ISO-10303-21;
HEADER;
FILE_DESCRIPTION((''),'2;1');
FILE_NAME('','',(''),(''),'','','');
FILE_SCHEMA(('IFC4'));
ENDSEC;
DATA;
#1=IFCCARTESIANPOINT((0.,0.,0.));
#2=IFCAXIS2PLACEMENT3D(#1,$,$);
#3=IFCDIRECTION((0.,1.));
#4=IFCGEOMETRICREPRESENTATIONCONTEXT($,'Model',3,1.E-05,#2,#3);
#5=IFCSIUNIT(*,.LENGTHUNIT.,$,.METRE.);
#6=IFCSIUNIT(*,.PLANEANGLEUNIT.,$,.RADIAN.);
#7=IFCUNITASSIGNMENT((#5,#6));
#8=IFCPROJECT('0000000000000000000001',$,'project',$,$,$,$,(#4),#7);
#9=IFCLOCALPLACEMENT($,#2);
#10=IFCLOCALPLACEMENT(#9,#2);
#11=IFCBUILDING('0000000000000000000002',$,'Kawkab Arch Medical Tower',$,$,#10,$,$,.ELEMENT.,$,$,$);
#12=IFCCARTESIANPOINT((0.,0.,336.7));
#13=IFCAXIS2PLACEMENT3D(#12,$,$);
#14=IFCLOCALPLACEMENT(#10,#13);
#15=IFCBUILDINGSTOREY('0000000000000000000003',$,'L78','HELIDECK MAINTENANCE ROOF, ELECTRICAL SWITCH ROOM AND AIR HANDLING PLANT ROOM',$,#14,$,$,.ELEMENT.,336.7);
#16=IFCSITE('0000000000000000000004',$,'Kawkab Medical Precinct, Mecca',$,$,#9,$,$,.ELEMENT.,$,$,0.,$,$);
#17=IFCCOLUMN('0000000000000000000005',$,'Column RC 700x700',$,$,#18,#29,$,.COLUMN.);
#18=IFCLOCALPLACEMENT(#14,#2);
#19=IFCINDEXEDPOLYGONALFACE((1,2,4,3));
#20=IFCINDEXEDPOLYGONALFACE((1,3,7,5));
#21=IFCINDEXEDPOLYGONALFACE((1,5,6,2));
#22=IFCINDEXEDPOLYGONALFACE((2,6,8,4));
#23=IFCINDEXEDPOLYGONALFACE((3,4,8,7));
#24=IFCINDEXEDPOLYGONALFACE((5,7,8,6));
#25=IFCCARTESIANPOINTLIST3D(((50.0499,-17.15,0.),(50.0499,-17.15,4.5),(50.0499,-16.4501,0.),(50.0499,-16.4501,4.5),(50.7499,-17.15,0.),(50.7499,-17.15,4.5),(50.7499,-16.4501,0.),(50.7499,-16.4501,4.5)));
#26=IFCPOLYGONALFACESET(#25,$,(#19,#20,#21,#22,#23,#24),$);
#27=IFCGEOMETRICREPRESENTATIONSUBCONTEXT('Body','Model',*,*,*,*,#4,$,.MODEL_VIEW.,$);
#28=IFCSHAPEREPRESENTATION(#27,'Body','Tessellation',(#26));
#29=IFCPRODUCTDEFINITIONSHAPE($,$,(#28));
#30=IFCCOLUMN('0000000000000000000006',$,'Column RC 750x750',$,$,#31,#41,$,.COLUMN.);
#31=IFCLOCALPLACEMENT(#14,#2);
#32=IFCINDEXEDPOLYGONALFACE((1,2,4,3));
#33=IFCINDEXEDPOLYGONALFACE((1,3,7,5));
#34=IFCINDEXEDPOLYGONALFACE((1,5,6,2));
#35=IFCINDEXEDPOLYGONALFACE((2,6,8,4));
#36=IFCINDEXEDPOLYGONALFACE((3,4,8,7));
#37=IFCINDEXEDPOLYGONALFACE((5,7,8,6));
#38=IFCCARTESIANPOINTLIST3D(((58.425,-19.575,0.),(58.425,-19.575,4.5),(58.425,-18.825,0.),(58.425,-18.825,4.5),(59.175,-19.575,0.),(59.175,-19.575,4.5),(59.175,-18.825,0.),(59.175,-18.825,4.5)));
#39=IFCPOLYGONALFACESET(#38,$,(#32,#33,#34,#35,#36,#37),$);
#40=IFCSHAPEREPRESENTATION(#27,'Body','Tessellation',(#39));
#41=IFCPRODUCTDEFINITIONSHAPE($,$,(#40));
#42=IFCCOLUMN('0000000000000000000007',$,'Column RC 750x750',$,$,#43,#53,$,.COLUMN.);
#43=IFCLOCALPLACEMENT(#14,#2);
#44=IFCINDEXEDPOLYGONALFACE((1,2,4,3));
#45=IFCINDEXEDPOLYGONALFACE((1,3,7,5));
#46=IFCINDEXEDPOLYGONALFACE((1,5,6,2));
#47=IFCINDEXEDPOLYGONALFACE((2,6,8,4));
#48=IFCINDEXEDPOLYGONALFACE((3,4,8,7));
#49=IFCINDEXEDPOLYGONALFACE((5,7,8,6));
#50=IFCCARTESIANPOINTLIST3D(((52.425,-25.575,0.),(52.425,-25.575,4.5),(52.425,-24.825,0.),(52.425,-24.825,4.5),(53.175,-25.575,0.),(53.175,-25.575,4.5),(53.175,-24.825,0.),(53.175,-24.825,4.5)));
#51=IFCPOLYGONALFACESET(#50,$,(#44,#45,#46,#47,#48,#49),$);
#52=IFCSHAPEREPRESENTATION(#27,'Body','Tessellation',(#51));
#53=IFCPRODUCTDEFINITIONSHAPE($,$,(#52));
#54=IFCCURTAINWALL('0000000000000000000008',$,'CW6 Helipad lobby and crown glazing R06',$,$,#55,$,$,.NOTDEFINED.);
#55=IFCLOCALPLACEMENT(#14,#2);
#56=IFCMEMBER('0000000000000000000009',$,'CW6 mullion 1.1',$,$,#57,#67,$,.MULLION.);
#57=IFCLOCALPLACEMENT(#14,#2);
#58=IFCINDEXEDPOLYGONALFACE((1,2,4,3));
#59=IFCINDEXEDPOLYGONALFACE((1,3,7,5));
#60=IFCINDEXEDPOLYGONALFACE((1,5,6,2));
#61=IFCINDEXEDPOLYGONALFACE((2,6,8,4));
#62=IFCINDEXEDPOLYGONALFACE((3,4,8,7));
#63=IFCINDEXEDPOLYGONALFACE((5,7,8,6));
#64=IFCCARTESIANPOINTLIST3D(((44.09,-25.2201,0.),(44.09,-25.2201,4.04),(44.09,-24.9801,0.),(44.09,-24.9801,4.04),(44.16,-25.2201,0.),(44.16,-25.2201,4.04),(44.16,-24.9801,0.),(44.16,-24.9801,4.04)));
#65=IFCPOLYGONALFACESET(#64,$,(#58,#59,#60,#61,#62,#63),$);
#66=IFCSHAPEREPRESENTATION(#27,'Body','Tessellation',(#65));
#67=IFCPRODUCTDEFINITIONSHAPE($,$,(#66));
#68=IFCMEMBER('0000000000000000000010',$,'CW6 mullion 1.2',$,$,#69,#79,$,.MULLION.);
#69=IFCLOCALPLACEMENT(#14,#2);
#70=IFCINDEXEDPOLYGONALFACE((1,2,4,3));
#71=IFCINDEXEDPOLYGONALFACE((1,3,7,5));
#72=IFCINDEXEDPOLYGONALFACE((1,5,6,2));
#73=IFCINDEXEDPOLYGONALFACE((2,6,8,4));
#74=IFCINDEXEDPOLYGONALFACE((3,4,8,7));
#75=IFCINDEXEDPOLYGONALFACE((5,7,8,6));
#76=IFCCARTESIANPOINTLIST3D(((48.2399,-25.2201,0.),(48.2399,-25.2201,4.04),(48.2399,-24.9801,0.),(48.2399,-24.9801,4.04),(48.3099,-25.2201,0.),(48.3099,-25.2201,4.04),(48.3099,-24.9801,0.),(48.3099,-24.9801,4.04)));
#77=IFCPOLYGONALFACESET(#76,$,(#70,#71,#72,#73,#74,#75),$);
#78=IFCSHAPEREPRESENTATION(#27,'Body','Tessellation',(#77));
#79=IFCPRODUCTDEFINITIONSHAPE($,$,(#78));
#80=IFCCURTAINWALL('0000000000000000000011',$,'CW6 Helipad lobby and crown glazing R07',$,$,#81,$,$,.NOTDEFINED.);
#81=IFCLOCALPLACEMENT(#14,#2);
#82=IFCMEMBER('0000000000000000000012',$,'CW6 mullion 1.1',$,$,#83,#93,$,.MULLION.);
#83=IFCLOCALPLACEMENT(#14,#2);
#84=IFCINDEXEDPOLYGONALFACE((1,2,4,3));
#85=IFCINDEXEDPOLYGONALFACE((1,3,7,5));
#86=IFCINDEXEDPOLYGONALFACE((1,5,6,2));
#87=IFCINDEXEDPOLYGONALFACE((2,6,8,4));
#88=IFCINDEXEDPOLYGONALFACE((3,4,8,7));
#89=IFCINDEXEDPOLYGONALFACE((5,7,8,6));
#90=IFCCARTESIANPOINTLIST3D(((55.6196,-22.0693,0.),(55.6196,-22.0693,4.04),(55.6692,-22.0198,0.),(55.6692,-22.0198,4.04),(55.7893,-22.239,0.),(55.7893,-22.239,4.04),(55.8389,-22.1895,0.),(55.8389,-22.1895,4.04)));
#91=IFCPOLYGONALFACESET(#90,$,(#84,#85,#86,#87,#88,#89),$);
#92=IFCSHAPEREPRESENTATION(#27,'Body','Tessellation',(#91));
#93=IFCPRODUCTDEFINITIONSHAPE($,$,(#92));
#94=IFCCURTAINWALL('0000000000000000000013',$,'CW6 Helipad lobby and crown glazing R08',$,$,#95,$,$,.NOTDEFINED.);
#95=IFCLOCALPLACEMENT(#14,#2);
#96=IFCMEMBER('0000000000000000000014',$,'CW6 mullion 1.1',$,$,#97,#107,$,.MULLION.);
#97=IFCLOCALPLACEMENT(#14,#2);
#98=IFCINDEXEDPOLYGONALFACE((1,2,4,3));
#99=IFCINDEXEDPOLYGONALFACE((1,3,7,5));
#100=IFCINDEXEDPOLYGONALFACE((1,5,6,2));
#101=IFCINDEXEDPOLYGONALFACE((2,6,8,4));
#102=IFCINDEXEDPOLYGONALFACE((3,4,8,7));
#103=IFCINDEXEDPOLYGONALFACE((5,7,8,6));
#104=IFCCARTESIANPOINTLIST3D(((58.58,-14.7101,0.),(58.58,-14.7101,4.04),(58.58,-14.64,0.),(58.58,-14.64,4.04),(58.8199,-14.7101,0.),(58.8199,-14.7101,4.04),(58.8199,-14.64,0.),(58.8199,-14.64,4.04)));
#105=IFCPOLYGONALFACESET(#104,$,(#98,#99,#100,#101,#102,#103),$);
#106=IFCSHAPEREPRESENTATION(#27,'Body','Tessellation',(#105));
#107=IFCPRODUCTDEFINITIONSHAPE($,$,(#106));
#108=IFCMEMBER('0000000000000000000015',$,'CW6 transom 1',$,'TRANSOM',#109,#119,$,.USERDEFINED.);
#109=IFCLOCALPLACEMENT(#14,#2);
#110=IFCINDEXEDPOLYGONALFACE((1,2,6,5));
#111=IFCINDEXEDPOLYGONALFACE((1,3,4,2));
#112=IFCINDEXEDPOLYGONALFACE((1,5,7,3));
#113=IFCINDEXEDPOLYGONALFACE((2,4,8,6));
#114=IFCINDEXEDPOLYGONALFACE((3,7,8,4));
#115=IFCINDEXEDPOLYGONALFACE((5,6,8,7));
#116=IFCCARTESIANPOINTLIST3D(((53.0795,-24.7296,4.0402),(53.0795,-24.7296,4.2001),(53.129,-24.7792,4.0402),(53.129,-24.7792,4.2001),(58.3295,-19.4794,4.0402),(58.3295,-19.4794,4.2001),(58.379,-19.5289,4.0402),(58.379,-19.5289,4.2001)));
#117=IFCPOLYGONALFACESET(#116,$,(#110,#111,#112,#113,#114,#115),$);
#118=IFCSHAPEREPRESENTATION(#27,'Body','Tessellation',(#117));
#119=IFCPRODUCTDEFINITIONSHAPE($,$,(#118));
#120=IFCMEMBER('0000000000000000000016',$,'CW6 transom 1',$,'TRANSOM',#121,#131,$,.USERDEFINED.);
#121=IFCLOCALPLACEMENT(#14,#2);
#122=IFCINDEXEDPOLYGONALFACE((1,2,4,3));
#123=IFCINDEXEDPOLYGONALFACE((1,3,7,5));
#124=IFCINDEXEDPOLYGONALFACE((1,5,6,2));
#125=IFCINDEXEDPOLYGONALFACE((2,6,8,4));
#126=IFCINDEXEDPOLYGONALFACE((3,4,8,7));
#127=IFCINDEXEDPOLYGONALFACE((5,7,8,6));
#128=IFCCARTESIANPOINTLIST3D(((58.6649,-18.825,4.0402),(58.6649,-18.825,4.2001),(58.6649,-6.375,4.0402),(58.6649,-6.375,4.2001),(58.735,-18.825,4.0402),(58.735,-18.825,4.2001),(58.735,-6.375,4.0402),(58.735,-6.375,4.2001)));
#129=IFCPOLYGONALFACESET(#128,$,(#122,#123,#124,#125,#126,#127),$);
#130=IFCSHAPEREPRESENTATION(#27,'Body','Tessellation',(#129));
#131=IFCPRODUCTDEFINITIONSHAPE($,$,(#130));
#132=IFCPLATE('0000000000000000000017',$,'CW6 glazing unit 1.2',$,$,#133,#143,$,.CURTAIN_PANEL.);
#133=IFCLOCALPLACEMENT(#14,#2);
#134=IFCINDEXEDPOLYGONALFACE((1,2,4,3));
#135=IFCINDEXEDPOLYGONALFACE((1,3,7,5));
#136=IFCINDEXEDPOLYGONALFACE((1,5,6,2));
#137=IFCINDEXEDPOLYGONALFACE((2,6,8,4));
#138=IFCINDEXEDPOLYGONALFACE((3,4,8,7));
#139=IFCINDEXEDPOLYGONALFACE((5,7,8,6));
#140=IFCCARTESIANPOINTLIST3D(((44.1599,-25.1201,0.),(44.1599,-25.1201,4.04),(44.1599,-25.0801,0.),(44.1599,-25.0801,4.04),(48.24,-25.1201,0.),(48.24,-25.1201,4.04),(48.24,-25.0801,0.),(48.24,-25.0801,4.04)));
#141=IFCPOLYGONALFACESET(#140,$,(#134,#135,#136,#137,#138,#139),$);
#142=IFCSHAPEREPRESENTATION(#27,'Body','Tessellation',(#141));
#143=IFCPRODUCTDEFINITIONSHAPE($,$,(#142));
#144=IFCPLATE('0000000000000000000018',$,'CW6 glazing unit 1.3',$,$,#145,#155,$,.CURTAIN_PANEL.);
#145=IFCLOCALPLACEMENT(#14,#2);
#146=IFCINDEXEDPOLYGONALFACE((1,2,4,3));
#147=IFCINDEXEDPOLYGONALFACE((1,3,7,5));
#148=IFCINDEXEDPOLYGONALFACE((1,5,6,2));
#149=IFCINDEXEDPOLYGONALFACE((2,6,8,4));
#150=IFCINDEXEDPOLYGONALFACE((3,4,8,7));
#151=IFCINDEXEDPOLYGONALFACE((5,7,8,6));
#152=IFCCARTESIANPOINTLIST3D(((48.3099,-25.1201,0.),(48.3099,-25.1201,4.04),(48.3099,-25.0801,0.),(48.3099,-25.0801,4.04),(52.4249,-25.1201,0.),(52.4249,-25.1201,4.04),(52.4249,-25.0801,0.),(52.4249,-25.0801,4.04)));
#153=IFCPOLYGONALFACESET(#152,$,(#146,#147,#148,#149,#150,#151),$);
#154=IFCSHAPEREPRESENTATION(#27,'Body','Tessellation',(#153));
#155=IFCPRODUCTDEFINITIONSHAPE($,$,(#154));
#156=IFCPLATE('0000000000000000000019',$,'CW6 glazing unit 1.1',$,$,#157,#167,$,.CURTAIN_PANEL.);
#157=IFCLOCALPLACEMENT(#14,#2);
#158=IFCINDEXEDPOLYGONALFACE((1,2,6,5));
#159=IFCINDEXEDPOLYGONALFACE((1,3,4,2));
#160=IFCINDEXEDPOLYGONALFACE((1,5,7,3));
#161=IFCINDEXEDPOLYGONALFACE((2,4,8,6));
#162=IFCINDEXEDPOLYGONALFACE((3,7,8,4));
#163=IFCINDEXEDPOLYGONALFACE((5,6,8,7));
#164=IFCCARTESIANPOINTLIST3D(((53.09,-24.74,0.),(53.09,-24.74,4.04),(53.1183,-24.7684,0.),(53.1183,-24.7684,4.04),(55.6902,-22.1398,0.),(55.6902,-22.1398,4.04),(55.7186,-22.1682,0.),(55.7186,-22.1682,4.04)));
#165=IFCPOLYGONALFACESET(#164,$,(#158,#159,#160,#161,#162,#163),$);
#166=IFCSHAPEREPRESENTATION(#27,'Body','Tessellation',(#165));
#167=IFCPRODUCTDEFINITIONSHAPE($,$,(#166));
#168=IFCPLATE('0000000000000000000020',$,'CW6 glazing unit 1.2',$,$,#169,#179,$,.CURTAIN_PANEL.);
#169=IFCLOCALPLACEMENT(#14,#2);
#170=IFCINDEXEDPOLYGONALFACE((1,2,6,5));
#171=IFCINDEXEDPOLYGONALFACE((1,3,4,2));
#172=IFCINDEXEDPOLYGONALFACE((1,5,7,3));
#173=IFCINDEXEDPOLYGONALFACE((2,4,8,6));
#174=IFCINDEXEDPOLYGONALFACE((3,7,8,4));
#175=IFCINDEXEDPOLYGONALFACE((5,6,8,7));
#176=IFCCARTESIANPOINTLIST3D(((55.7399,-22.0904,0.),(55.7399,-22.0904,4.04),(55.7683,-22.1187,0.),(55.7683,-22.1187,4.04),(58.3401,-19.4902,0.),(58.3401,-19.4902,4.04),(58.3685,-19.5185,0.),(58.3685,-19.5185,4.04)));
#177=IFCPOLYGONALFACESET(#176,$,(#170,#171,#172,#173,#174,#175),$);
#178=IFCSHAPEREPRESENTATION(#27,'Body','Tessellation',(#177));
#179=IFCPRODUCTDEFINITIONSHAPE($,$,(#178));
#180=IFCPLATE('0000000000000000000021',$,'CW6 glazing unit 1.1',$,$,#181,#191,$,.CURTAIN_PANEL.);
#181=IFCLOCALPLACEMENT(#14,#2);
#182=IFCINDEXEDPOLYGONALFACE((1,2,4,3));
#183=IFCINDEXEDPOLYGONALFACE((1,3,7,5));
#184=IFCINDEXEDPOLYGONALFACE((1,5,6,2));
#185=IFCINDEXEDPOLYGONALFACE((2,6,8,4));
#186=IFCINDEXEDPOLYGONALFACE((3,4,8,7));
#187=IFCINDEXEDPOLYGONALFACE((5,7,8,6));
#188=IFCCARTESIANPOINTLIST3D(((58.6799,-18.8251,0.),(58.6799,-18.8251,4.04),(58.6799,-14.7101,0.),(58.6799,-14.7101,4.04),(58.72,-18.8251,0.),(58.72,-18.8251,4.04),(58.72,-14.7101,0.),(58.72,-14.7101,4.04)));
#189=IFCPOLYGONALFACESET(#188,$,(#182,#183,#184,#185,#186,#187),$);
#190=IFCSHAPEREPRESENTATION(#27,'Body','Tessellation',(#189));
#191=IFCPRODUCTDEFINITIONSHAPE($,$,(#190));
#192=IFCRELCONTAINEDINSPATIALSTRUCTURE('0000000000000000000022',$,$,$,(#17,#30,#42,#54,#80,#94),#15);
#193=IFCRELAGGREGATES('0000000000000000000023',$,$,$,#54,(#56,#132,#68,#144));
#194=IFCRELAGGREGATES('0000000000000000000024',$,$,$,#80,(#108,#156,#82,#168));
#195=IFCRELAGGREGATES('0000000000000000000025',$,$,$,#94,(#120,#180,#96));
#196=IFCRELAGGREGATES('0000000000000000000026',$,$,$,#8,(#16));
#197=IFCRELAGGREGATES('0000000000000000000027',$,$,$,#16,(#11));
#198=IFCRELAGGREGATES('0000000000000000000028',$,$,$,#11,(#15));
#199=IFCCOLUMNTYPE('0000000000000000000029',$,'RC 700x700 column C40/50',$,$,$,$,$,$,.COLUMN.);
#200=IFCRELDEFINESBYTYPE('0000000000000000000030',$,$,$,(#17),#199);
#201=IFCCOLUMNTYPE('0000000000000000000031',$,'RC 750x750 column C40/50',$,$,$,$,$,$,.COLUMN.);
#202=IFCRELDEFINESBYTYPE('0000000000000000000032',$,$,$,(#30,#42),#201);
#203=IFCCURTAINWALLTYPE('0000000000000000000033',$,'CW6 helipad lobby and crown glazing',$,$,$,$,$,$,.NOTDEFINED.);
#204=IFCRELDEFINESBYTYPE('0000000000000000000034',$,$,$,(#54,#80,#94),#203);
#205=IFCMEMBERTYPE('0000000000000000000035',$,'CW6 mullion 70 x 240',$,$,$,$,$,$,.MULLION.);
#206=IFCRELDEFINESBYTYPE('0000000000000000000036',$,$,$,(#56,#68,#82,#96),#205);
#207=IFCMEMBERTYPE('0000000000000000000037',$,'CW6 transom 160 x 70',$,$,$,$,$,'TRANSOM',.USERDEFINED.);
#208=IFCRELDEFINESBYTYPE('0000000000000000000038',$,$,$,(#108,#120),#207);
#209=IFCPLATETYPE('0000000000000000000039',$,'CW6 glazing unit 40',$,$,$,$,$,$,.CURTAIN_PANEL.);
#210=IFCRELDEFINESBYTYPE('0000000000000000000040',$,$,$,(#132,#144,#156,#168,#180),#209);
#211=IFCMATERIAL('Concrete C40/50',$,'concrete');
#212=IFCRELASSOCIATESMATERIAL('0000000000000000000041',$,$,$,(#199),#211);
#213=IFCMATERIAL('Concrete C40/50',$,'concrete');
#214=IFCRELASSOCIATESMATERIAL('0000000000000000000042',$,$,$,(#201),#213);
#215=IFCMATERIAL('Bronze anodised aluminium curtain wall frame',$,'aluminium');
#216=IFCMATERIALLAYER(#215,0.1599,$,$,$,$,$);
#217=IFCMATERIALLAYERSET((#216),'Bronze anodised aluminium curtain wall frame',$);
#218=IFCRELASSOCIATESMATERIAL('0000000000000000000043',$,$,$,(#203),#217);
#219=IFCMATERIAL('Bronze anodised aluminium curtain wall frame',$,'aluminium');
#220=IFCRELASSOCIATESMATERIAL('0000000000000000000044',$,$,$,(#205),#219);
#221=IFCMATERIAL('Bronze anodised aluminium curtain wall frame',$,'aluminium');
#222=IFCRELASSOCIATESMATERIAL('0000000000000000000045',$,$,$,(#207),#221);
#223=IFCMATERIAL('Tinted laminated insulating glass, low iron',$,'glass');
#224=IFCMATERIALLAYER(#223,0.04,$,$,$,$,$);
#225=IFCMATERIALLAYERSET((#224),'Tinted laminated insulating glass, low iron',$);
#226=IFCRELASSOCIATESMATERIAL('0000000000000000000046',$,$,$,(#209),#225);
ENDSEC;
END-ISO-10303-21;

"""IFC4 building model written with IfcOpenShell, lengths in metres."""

from ifc_helpers import new_model, si_unit, direction, frame, origin, origin_2d, place, context, subcontext, project, spatial, rectangle, extrude, material, layer, layer_set, material_profile, profile_set, type_object, element, aggregate, save


model = new_model("IFC4")

# Units and contexts
model_context = context("Model", 3, precision=1e-05, world=origin(), true_north=direction((0.0, 1.0)))
body_context = subcontext(model_context, "Body", "Model", "MODEL_VIEW")
ifc_project = project(units=[si_unit("LENGTHUNIT", "METRE"), si_unit("PLANEANGLEUNIT", "RADIAN")], contexts=[model_context])

# Site, building, storey
site_placement = place(None, origin())
site = spatial("IfcSite", under=ifc_project, at=site_placement, Name="Kawkab Medical Precinct, Mecca", CompositionType="ELEMENT", RefElevation=0.0)
building_placement = place(site_placement, origin())
building = spatial("IfcBuilding", under=site, at=building_placement, Name="Kawkab Arch Medical Tower", CompositionType="ELEMENT")
storey_placement = place(building_placement, frame((0.0, 0.0, 336.7)))
storey = spatial("IfcBuildingStorey", under=building, at=storey_placement, Name="L78", Description="HELIDECK MAINTENANCE ROOF, ELECTRICAL SWITCH ROOM AND AIR HANDLING PLANT ROOM", CompositionType="ELEMENT", Elevation=336.7)

# Columns
ifc_material_1 = material(Name="Concrete C40/50", Category="concrete")
ifc_material_profile_1 = material_profile(ifc_material_1, rectangle(XDim=0.7, YDim=0.7, at=origin_2d()), Name="RC 700x700")
ifc_profile_set_1 = profile_set([ifc_material_profile_1], Name="Concrete C40/50")
column_type_1 = type_object("IfcColumnType", Name="RC 700x700 column C40/50", PredefinedType="COLUMN", material=ifc_profile_set_1)
column_placement = place(storey_placement, frame((50.3999, -16.8, 0.0), z_axis=(0.0, 0.0, 1.0), x_axis=(1.0, 0.0, 0.0)))
element("IfcColumn", 1, at=column_placement, inside=storey, type_object=column_type_1, Name="Column RC 700x700", PredefinedType="COLUMN", context=body_context, shape_type="SweptSolid", body=[
    extrude(rectangle(XDim=0.7, YDim=0.7, at=origin_2d()), origin(), (0.0, 0.0, 1.0), 4.5),
])
ifc_material_2 = material(Name="Concrete C40/50", Category="concrete")
ifc_material_profile_2 = material_profile(ifc_material_2, rectangle(XDim=0.75, YDim=0.75, at=origin_2d()), Name="RC 750x750")
ifc_profile_set_2 = profile_set([ifc_material_profile_2], Name="Concrete C40/50")
column_type_2 = type_object("IfcColumnType", Name="RC 750x750 column C40/50", PredefinedType="COLUMN", material=ifc_profile_set_2)
for number, where, z_axis, x_axis, name in (
    (2, (58.8, -19.2, 0.0), (0.0, 0.0, 1.0), (1.0, 0.0, 0.0), "Column RC 750x750"),
    (3, (52.8, -25.2, 0.0), (0.0, 0.0, 1.0), (1.0, 0.0, 0.0), "Column RC 750x750"),
):
    element("IfcColumn", number, at=place(storey_placement, frame(where, z_axis=z_axis, x_axis=x_axis)), inside=storey, type_object=column_type_2, Name=name, PredefinedType="COLUMN", context=body_context, shape_type="SweptSolid", body=[
        extrude(rectangle(XDim=0.75, YDim=0.75, at=origin_2d()), origin(), (0.0, 0.0, 1.0), 4.5),
    ])

# Curtain wall, members
ifc_material_3 = material(Name="Bronze anodised aluminium curtain wall frame", Category="aluminium")
ifc_layer_1 = layer(ifc_material_3, 0.1599)
ifc_layer_set_1 = layer_set([ifc_layer_1], Name="Bronze anodised aluminium curtain wall frame")
curtain_wall_type = type_object("IfcCurtainWallType", Name="CW6 helipad lobby and crown glazing", PredefinedType="NOTDEFINED", material=ifc_layer_set_1)
placement = place(storey_placement, origin())
curtain_wall_1 = element("IfcCurtainWall", 4, at=placement, inside=storey, type_object=curtain_wall_type, Name="CW6 Helipad lobby and crown glazing R06", PredefinedType="NOTDEFINED")
ifc_material_4 = material(Name="Bronze anodised aluminium curtain wall frame", Category="aluminium")
ifc_material_profile_3 = material_profile(ifc_material_4, rectangle(XDim=0.24, YDim=0.0701, at=origin_2d()), Name="AL 70x240")
ifc_profile_set_3 = profile_set([ifc_material_profile_3], Name="Bronze anodised aluminium curtain wall frame")
member_type_1 = type_object("IfcMemberType", Name="CW6 mullion 70 x 240", PredefinedType="MULLION", material=ifc_profile_set_3)
member_1_placement = place(storey_placement, frame((44.125, -25.1001, 0.0), z_axis=(0.0, 0.0, 1.0), x_axis=(0.0, 1.0, 0.0)))
member_1 = element("IfcMember", 5, at=member_1_placement, type_object=member_type_1, Name="CW6 mullion 1.1", PredefinedType="MULLION", context=body_context, shape_type="SweptSolid", body=[
    extrude(rectangle(XDim=0.24, YDim=0.0701, at=origin_2d()), origin(), (0.0, 0.0, 1.0), 4.04),
])
member_2_placement = place(storey_placement, frame((48.2749, -25.1001, 0.0), z_axis=(0.0, 0.0, 1.0), x_axis=(0.0, 1.0, 0.0)))
member_2 = element("IfcMember", 6, at=member_2_placement, type_object=member_type_1, Name="CW6 mullion 1.2", PredefinedType="MULLION", context=body_context, shape_type="SweptSolid", body=[
    extrude(rectangle(XDim=0.24, YDim=0.0701, at=origin_2d()), origin(), (0.0, 0.0, 1.0), 4.04),
])

# Curtain walls, members
curtain_wall_2 = element("IfcCurtainWall", 7, at=placement, inside=storey, type_object=curtain_wall_type, Name="CW6 Helipad lobby and crown glazing R07", PredefinedType="NOTDEFINED")
member_3_placement = place(storey_placement, frame((55.7292, -22.1294, 0.0), z_axis=(0.0, 0.0, 1.0), x_axis=(-0.707107, 0.707107, 0.0)))
member_3 = element("IfcMember", 8, at=member_3_placement, type_object=member_type_1, Name="CW6 mullion 1.1", PredefinedType="MULLION", context=body_context, shape_type="SweptSolid", body=[
    extrude(rectangle(XDim=0.24, YDim=0.0701, at=origin_2d()), origin(), (0.0, 0.0, 1.0), 4.04),
])
curtain_wall_3 = element("IfcCurtainWall", 9, at=placement, inside=storey, type_object=curtain_wall_type, Name="CW6 Helipad lobby and crown glazing R08", PredefinedType="NOTDEFINED")
member_4_placement = place(storey_placement, frame((58.7, -14.675, 0.0), z_axis=(0.0, 0.0, 1.0), x_axis=(-1.0, 0.0, 0.0)))
member_4 = element("IfcMember", 10, at=member_4_placement, type_object=member_type_1, Name="CW6 mullion 1.1", PredefinedType="MULLION", context=body_context, shape_type="SweptSolid", body=[
    extrude(rectangle(XDim=0.24, YDim=0.0701, at=origin_2d()), origin(), (0.0, 0.0, 1.0), 4.04),
])

# Members
ifc_material_5 = material(Name="Bronze anodised aluminium curtain wall frame", Category="aluminium")
ifc_material_profile_4 = material_profile(ifc_material_5, rectangle(XDim=0.0701, YDim=0.1599, at=origin_2d()), Name="AL 70x160")
ifc_profile_set_4 = profile_set([ifc_material_profile_4], Name="Bronze anodised aluminium curtain wall frame")
member_type_2 = type_object("IfcMemberType", Name="CW6 transom 160 x 70", ElementType="TRANSOM", PredefinedType="USERDEFINED", material=ifc_profile_set_4)
member_5_placement = place(storey_placement, frame((53.1042, -24.7544, 4.1201), z_axis=(0.70709, 0.707123, 0.0), x_axis=(-0.707123, 0.70709, 0.0)))
member_5 = element("IfcMember", 11, at=member_5_placement, type_object=member_type_2, Name="CW6 transom 1", ObjectType="TRANSOM", PredefinedType="USERDEFINED", context=body_context, shape_type="SweptSolid", body=[
    extrude(rectangle(XDim=0.0701, YDim=0.1599, at=origin_2d()), origin(), (0.0, 0.0, 1.0), 7.4248),
])
member_6_placement = place(storey_placement, frame((58.7, -18.825, 4.1201), z_axis=(0.0, 1.0, 0.0), x_axis=(-1.0, 0.0, 0.0)))
member_6 = element("IfcMember", 12, at=member_6_placement, type_object=member_type_2, Name="CW6 transom 1", ObjectType="TRANSOM", PredefinedType="USERDEFINED", context=body_context, shape_type="SweptSolid", body=[
    extrude(rectangle(XDim=0.0701, YDim=0.1599, at=origin_2d()), origin(), (0.0, 0.0, 1.0), 12.45),
])

# Plates
ifc_material_6 = material(Name="Tinted laminated insulating glass, low iron", Category="glass")
ifc_layer_2 = layer(ifc_material_6, 0.04)
ifc_layer_set_2 = layer_set([ifc_layer_2], Name="Tinted laminated insulating glass, low iron")
plate_type_1 = type_object("IfcPlateType", Name="CW6 glazing unit 40", PredefinedType="CURTAIN_PANEL", material=ifc_layer_set_2)
plate_1_placement = place(storey_placement, frame((46.2, -25.1001, 0.0), z_axis=(0.0, 0.0, 1.0), x_axis=(1.0, 0.0, 0.0)))
plate_1 = element("IfcPlate", 13, at=plate_1_placement, type_object=plate_type_1, Name="CW6 glazing unit 1.2", PredefinedType="CURTAIN_PANEL", context=body_context, shape_type="SweptSolid", body=[
    extrude(rectangle(XDim=4.0801, YDim=0.04, at=origin_2d()), origin(), (0.0, 0.0, 1.0), 4.04),
])
plate_2_placement = place(storey_placement, frame((50.3674, -25.1001, 0.0), z_axis=(0.0, 0.0, 1.0), x_axis=(1.0, 0.0, 0.0)))
plate_2 = element("IfcPlate", 14, at=plate_2_placement, type_object=plate_type_1, Name="CW6 glazing unit 1.3", PredefinedType="CURTAIN_PANEL", context=body_context, shape_type="SweptSolid", body=[
    extrude(rectangle(XDim=4.115, YDim=0.04, at=origin_2d()), origin(), (0.0, 0.0, 1.0), 4.04),
])
aggregate(curtain_wall_1, [member_1, plate_1, member_2, plate_2])
plate_3_placement = place(storey_placement, frame((54.4043, -23.4541, 0.0), z_axis=(0.0, 0.0, 1.0), x_axis=(0.707107, 0.707107, 0.0)))
plate_3 = element("IfcPlate", 15, at=plate_3_placement, type_object=plate_type_1, Name="CW6 glazing unit 1.1", PredefinedType="CURTAIN_PANEL", context=body_context, shape_type="SweptSolid", body=[
    extrude(rectangle(XDim=3.6772, YDim=0.04, at=origin_2d()), origin(), (0.0, 0.0, 1.0), 4.04),
])
plate_4_placement = place(storey_placement, frame((57.0542, -20.8044, 0.0), z_axis=(0.0, 0.0, 1.0), x_axis=(0.707107, 0.707107, 0.0)))
plate_4 = element("IfcPlate", 16, at=plate_4_placement, type_object=plate_type_1, Name="CW6 glazing unit 1.2", PredefinedType="CURTAIN_PANEL", context=body_context, shape_type="SweptSolid", body=[
    extrude(rectangle(XDim=3.6772, YDim=0.04, at=origin_2d()), origin(), (0.0, 0.0, 1.0), 4.04),
])
aggregate(curtain_wall_2, [member_5, plate_3, member_3, plate_4])
plate_5_placement = place(storey_placement, frame((58.7, -16.7676, 0.0), z_axis=(0.0, 0.0, 1.0), x_axis=(0.0, 1.0, 0.0)))
plate_5 = element("IfcPlate", 17, at=plate_5_placement, type_object=plate_type_1, Name="CW6 glazing unit 1.1", PredefinedType="CURTAIN_PANEL", context=body_context, shape_type="SweptSolid", body=[
    extrude(rectangle(XDim=4.115, YDim=0.04, at=origin_2d()), origin(), (0.0, 0.0, 1.0), 4.04),
])
aggregate(curtain_wall_3, [member_6, plate_5, member_4])

save(model, "model.ifc")
